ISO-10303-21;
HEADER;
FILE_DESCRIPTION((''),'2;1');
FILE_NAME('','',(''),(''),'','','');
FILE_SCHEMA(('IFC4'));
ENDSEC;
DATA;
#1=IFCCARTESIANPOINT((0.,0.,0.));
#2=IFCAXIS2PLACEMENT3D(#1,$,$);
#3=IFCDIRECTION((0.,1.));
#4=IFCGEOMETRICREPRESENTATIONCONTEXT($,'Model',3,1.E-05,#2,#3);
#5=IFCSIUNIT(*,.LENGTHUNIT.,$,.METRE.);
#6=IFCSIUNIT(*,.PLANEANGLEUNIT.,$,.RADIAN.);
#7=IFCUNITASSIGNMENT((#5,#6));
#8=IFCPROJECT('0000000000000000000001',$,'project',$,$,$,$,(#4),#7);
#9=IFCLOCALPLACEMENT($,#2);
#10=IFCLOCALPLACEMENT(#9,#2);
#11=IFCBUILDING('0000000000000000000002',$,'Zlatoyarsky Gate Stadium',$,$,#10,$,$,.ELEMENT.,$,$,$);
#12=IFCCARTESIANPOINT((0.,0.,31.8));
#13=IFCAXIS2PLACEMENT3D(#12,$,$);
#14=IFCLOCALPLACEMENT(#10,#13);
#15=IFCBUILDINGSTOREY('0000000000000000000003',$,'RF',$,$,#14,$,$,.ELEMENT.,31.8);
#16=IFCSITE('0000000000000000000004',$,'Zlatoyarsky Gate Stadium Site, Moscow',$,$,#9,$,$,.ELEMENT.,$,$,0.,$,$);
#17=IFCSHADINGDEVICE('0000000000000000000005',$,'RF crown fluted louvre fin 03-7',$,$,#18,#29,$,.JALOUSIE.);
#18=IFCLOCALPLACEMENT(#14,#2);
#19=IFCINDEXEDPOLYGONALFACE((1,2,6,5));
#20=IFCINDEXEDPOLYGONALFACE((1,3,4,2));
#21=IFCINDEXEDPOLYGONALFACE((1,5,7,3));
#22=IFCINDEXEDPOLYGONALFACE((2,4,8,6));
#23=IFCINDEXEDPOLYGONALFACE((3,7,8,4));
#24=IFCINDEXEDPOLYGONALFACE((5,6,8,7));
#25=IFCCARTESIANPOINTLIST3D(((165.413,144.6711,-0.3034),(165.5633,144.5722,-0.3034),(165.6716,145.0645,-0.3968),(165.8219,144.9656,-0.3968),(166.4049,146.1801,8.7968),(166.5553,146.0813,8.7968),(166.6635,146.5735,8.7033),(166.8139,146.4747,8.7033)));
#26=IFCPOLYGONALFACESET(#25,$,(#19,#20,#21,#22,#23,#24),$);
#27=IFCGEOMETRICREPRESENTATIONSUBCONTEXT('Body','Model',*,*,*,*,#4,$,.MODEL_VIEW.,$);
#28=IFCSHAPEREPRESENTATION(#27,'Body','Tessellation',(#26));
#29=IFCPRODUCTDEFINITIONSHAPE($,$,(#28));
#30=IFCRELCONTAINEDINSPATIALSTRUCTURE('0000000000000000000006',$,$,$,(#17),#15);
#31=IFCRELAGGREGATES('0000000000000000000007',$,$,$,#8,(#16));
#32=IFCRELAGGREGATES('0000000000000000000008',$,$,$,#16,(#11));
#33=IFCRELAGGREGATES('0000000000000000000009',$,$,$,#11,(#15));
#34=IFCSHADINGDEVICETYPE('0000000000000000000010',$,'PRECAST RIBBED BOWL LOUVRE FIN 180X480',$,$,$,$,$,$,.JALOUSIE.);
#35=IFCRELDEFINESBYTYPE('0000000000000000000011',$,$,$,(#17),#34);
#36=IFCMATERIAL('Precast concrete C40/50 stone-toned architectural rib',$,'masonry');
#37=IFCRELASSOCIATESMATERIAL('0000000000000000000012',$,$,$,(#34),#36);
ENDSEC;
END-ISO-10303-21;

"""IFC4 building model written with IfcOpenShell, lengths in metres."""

from ifc_helpers import new_model, si_unit, direction, frame, origin, origin_2d, place, context, subcontext, project, spatial, rectangle, extrude, material, material_profile, profile_set, type_object, element, save


model = new_model("IFC4")

# Units and contexts
model_context = context("Model", 3, precision=1e-05, world=origin(), true_north=direction((0.0, 1.0)))
body_context = subcontext(model_context, "Body", "Model", "MODEL_VIEW")
ifc_project = project(units=[si_unit("LENGTHUNIT", "METRE"), si_unit("PLANEANGLEUNIT", "RADIAN")], contexts=[model_context])

# Site, building, storey
site_placement = place(None, origin())
site = spatial("IfcSite", under=ifc_project, at=site_placement, Name="Zlatoyarsky Gate Stadium Site, Moscow", CompositionType="ELEMENT", RefElevation=0.0)
building_placement = place(site_placement, origin())
building = spatial("IfcBuilding", under=site, at=building_placement, Name="Zlatoyarsky Gate Stadium", CompositionType="ELEMENT")
storey_placement = place(building_placement, frame((0.0, 0.0, 31.8)))
storey = spatial("IfcBuildingStorey", under=building, at=storey_placement, Name="RF", CompositionType="ELEMENT", Elevation=31.8)

# Shading device
ifc_material_1 = material(Name="Precast concrete C40/50 stone-toned architectural rib", Category="masonry")
ifc_material_profile_1 = material_profile(ifc_material_1, rectangle(XDim=0.1799, YDim=0.48, at=origin_2d()), Name="RIB 180X480")
ifc_profile_set_1 = profile_set([ifc_material_profile_1], Name="Precast concrete C40/50 stone-toned architectural rib")
shading_device_type = type_object("IfcShadingDeviceType", Name="PRECAST RIBBED BOWL LOUVRE FIN 180X480", PredefinedType="JALOUSIE", material=ifc_profile_set_1)
shading_device_1_placement = place(storey_placement, frame((165.6174, 144.8184, -0.3501), z_axis=(0.106919, 0.162654, 0.980873), x_axis=(-0.835631, 0.549291, 0.0)))
element("IfcShadingDevice", 1, at=shading_device_1_placement, inside=storey, type_object=shading_device_type, Name="RF crown fluted louvre fin 03-7", PredefinedType="JALOUSIE", context=body_context, shape_type="SweptSolid", body=[
    extrude(rectangle(XDim=0.1799, YDim=0.48, at=origin_2d()), origin(), (0.0, 0.0, 1.0), 9.2776),
])

save(model, "model.ifc")
